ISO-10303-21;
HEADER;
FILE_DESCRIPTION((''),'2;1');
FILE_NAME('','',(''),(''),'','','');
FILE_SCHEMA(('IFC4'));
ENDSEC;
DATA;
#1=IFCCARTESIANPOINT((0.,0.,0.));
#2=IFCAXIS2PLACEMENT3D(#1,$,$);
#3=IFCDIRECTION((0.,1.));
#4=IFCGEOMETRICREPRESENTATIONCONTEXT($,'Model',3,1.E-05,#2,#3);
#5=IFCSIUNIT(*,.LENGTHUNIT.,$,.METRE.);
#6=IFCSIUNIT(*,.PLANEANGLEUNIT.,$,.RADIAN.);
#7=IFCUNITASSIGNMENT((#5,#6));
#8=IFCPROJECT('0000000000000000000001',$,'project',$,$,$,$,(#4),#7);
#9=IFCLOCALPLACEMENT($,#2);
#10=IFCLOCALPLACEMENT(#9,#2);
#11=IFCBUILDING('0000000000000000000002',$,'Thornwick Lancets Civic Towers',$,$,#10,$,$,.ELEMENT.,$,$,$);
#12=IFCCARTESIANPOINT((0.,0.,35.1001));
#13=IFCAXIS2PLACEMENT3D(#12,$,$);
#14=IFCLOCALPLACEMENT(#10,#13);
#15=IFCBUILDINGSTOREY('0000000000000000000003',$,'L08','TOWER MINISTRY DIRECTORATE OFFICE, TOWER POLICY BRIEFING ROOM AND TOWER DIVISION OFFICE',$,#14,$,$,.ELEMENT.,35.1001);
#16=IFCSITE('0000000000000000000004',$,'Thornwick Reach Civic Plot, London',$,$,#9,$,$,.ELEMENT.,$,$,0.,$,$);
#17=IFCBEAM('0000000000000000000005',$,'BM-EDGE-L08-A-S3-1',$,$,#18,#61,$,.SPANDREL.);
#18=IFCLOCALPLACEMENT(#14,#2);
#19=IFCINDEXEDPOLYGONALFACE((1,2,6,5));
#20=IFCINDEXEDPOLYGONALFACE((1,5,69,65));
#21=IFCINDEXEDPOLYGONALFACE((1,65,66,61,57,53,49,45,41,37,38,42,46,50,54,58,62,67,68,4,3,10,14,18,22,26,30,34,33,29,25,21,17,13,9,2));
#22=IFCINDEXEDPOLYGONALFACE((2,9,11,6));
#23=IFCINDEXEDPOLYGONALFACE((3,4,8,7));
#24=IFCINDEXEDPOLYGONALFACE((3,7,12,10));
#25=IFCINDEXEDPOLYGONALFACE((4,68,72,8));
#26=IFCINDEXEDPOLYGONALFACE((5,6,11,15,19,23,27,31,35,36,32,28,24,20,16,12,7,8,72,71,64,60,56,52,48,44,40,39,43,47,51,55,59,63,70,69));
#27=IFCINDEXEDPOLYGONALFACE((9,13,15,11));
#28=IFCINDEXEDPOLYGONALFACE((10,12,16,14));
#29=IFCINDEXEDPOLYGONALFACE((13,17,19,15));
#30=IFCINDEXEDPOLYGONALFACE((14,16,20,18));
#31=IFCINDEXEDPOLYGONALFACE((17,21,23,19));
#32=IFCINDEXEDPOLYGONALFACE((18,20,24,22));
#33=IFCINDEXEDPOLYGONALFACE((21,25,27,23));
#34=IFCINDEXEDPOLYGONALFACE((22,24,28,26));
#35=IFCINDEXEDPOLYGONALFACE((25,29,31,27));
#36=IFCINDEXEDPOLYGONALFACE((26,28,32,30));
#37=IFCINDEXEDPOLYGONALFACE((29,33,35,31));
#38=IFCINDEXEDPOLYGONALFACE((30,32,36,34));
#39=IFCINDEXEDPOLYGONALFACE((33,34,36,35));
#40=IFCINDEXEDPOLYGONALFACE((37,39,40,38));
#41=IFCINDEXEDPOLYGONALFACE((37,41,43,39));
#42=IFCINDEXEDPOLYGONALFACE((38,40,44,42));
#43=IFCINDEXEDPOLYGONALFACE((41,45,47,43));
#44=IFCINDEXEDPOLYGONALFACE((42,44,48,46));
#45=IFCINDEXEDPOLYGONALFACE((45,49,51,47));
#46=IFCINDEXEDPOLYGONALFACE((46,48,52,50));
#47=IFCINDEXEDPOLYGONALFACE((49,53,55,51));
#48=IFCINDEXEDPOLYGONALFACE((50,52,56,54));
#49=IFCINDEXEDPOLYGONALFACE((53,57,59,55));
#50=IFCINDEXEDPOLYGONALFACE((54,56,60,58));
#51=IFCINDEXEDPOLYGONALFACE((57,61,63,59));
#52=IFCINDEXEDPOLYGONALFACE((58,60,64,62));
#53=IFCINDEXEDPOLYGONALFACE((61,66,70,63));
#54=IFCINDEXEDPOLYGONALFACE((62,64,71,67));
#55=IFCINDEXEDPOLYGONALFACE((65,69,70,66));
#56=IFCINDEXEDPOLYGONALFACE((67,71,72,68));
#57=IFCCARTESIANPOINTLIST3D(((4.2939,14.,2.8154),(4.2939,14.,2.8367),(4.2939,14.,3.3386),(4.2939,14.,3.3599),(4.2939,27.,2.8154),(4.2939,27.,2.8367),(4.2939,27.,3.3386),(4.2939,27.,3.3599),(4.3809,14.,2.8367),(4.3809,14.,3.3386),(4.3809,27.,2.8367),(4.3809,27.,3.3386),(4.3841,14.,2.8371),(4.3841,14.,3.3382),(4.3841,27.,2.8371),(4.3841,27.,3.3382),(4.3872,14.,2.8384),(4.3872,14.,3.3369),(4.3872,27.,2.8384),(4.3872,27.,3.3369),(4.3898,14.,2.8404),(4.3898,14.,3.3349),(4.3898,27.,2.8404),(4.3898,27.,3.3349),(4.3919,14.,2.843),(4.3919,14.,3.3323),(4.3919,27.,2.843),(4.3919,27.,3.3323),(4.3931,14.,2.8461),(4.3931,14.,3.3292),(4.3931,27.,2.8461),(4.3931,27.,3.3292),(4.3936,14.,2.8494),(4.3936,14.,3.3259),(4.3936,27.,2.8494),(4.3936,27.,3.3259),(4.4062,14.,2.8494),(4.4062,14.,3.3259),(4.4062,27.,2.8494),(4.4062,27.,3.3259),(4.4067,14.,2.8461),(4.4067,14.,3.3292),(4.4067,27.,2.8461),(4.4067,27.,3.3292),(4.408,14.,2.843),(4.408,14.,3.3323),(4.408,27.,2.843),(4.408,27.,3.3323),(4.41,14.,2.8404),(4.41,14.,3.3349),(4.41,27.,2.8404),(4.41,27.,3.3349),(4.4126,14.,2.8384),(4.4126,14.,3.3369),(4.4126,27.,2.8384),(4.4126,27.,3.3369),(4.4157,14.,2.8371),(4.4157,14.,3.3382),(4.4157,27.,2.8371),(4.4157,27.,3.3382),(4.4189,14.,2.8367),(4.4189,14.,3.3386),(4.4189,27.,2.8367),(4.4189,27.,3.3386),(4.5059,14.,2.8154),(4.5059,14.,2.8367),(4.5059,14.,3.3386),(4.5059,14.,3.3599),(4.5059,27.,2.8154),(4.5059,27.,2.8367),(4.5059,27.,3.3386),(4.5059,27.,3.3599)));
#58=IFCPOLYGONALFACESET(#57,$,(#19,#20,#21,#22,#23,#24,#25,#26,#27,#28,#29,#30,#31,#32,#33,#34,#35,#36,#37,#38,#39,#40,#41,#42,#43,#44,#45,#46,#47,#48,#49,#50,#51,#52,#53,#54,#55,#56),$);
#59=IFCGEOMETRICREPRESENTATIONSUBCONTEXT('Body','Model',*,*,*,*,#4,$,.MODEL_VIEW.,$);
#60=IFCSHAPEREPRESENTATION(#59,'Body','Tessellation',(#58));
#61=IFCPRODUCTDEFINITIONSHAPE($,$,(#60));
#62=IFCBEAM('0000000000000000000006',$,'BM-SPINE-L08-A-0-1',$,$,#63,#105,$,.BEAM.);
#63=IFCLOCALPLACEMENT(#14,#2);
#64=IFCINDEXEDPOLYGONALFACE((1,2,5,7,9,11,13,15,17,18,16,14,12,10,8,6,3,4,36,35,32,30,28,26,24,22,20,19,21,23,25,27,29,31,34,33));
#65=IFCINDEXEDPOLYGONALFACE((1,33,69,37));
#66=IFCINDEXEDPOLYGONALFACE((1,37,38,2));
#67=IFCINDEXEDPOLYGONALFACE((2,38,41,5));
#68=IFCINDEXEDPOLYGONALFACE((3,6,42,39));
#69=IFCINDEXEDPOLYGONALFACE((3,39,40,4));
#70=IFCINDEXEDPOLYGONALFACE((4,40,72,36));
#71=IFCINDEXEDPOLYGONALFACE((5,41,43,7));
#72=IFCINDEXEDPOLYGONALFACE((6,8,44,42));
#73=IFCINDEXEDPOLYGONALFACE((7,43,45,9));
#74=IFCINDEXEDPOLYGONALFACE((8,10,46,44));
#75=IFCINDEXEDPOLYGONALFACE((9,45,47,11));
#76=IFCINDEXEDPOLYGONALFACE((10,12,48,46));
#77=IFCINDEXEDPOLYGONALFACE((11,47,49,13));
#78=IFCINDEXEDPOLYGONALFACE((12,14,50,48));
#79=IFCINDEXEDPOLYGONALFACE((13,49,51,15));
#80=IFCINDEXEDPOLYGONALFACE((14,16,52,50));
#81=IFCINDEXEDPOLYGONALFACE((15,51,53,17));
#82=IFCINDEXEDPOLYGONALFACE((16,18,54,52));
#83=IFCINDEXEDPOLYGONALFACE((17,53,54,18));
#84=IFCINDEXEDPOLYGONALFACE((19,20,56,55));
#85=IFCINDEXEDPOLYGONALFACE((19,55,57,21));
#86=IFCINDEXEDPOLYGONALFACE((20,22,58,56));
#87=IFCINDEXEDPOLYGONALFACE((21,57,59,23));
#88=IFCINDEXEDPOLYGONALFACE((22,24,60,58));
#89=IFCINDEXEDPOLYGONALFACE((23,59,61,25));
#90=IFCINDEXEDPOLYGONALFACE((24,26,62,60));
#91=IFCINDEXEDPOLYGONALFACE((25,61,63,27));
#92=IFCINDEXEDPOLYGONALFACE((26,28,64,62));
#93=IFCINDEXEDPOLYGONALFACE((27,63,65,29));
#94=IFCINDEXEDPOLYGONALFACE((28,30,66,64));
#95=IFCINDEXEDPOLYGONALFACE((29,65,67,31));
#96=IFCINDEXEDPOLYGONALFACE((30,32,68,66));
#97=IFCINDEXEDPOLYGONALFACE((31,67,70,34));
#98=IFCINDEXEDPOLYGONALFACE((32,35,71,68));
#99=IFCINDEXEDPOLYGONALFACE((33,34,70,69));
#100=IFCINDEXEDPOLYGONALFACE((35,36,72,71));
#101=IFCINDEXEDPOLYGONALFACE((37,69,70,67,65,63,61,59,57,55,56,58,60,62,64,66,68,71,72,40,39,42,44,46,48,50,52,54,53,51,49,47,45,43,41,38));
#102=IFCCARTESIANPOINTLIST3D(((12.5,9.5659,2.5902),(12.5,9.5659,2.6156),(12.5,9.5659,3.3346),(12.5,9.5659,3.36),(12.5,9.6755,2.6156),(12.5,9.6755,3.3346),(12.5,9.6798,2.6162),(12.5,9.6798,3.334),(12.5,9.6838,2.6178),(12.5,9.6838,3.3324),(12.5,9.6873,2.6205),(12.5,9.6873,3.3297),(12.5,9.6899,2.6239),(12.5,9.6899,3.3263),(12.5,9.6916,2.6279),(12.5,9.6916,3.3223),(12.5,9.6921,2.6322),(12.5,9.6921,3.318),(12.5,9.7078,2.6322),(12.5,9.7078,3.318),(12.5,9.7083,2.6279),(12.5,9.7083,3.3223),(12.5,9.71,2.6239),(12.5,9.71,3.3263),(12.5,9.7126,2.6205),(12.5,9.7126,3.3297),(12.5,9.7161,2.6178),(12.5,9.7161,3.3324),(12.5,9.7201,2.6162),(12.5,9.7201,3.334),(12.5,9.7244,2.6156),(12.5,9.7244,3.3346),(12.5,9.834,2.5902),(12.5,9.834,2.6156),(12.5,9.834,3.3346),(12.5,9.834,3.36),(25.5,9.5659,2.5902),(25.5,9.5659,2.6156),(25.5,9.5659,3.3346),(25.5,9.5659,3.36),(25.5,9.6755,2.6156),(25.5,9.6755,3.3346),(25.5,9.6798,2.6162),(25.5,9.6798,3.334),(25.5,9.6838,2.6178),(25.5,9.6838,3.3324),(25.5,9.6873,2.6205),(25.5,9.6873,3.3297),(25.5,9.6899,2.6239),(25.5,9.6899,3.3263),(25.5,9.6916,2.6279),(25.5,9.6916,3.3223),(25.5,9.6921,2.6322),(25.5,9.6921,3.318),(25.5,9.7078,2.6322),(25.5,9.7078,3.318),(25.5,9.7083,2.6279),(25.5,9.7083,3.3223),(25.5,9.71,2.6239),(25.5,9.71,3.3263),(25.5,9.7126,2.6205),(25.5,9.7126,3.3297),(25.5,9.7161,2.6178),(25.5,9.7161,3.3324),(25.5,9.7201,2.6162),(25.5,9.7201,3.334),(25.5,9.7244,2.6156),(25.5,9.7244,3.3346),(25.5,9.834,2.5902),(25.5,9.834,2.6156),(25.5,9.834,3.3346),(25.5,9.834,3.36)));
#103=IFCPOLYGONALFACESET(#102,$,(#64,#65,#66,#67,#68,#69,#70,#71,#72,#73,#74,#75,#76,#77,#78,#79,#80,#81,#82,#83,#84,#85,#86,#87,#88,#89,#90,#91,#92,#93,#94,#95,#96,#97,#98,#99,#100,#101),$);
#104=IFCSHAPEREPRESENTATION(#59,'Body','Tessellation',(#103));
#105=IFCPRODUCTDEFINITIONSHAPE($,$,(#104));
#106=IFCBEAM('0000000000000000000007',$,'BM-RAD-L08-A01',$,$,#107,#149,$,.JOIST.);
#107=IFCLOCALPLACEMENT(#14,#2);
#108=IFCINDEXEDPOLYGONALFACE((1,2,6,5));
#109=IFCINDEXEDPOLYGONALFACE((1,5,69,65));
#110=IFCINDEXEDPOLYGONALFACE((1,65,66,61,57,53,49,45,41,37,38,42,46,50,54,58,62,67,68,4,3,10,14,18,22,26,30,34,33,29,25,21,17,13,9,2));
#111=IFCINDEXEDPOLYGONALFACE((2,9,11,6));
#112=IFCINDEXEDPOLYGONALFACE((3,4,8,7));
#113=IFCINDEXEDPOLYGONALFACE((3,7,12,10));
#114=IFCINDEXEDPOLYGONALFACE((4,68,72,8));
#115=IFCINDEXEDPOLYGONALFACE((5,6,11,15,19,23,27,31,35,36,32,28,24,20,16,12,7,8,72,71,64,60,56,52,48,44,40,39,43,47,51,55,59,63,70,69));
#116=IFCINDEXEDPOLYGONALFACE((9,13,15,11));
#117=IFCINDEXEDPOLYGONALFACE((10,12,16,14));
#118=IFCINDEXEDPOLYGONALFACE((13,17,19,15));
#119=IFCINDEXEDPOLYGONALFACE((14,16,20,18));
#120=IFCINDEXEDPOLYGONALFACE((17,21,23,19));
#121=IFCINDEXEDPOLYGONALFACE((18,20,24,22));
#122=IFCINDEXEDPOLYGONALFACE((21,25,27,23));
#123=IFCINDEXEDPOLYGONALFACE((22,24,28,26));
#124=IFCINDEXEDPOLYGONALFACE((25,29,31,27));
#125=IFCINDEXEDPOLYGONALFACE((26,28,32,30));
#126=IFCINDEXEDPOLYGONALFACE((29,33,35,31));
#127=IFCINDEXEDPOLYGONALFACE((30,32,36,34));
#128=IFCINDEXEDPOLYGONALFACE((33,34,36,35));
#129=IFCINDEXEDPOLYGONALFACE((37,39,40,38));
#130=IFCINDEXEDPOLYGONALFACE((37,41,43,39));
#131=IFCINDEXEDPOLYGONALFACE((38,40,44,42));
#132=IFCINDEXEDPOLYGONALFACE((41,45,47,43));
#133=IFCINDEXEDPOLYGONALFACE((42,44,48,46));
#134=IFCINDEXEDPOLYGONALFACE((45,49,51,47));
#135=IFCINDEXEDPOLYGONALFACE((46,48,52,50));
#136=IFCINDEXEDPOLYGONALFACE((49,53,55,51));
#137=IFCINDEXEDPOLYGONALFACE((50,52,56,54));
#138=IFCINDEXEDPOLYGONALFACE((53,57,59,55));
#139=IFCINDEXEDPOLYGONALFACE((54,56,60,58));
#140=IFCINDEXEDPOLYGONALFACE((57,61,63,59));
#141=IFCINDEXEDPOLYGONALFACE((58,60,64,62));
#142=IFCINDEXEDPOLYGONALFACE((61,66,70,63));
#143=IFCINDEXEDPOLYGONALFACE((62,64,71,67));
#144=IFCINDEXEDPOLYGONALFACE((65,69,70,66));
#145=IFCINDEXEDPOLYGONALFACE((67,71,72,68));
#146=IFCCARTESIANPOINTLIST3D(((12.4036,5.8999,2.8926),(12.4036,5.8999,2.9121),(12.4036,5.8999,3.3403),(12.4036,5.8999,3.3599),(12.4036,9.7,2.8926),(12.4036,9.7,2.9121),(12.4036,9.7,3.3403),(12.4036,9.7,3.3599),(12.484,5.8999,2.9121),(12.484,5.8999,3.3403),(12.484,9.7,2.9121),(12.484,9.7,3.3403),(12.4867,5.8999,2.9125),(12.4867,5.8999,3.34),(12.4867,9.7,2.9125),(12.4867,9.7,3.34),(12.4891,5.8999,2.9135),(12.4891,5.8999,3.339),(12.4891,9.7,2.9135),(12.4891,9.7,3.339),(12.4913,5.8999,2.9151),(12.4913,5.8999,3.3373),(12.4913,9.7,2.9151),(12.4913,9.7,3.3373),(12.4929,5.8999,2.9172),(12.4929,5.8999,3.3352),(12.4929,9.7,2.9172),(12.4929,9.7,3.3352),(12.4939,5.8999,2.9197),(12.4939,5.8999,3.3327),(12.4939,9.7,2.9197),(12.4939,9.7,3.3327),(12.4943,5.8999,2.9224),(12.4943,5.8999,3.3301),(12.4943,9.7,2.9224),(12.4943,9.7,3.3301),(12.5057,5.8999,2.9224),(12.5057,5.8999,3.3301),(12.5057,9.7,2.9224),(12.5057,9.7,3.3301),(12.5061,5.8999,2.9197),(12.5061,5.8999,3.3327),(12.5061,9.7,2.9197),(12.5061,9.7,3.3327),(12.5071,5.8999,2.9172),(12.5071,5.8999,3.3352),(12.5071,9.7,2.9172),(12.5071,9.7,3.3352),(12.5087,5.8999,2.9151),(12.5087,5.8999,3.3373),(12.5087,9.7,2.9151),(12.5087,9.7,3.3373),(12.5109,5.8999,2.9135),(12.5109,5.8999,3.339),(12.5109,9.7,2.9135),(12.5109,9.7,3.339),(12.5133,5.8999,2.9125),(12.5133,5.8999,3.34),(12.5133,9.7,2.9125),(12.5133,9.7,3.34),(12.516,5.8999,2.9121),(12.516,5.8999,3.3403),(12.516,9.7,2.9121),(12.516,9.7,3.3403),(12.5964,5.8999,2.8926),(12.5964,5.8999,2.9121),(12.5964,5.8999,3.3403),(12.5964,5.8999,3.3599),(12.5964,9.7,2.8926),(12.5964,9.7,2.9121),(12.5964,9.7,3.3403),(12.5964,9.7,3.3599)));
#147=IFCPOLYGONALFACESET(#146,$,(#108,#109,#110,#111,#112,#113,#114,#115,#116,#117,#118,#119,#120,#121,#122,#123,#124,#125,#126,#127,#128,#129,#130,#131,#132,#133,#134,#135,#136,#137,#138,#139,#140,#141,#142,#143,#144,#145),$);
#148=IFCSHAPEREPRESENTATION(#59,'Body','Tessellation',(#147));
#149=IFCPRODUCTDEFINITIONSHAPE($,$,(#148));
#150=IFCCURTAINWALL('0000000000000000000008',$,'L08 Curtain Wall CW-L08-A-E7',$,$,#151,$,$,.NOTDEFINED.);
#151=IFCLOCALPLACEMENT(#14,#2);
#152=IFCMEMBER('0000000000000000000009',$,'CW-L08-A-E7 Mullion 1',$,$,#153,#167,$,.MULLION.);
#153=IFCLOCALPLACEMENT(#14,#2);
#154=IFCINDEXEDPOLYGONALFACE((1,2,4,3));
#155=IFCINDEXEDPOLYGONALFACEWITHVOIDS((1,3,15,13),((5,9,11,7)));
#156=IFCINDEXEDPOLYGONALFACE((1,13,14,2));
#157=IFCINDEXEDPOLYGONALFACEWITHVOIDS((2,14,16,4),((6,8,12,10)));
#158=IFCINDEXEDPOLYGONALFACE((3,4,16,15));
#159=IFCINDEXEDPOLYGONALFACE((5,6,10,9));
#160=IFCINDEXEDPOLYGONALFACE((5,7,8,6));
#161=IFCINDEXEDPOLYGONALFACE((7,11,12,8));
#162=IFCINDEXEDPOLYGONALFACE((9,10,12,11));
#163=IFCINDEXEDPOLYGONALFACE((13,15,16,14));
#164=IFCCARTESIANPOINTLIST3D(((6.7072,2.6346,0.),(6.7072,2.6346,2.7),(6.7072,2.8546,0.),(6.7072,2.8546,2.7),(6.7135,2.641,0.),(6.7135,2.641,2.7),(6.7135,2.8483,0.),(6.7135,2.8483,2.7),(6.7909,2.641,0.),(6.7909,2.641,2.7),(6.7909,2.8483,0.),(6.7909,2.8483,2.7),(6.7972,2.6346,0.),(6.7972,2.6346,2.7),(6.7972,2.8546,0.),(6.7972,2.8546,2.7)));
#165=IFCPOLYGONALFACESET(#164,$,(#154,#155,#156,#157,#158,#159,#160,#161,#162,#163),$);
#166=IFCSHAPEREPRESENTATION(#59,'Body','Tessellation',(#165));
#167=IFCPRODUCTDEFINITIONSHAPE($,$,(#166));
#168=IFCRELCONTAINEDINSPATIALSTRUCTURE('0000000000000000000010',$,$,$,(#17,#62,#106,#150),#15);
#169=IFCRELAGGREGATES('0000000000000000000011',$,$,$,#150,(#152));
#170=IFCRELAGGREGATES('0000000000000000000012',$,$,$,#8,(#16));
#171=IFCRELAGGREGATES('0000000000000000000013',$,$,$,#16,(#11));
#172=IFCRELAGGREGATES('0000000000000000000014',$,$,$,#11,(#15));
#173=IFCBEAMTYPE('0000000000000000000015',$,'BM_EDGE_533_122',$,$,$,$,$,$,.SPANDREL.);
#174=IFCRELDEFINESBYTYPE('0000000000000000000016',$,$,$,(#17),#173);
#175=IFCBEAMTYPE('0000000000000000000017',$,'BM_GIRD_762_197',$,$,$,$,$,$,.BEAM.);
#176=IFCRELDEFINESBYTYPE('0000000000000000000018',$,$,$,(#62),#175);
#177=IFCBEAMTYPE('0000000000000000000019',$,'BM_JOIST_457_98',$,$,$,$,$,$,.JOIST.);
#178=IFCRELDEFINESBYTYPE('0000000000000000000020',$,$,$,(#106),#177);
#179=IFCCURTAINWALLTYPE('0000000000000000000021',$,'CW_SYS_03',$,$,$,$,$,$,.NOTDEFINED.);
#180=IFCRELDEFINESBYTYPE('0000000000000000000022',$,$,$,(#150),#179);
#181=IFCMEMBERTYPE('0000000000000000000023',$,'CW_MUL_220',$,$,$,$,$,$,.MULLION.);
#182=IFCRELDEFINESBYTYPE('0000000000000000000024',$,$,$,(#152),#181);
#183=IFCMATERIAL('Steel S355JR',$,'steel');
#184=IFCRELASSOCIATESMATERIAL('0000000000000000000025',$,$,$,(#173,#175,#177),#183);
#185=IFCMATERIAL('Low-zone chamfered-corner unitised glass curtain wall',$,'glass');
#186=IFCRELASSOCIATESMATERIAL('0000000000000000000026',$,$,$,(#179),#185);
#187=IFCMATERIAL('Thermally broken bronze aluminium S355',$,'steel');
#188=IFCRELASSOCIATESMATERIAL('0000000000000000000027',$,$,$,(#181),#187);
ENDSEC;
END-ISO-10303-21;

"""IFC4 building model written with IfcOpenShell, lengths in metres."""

from ifc_helpers import new_model, si_unit, direction, frame, origin, origin_2d, place, context, subcontext, project, spatial, hollow_rectangle, i_section, extrude, material, material_profile, profile_set, type_object, element, aggregate, save


model = new_model("IFC4")

# Units and contexts
model_context = context("Model", 3, precision=1e-05, world=origin(), true_north=direction((0.0, 1.0)))
body_context = subcontext(model_context, "Body", "Model", "MODEL_VIEW")
ifc_project = project(units=[si_unit("LENGTHUNIT", "METRE"), si_unit("PLANEANGLEUNIT", "RADIAN")], contexts=[model_context])

# Site, building, storey
site_placement = place(None, origin())
site = spatial("IfcSite", under=ifc_project, at=site_placement, Name="Thornwick Reach Civic Plot, London", CompositionType="ELEMENT", RefElevation=0.0)
building_placement = place(site_placement, origin())
building = spatial("IfcBuilding", under=site, at=building_placement, Name="Thornwick Lancets Civic Towers", CompositionType="ELEMENT")
storey_placement = place(building_placement, frame((0.0, 0.0, 35.1001)))
storey = spatial("IfcBuildingStorey", under=building, at=storey_placement, Name="L08", Description="TOWER MINISTRY DIRECTORATE OFFICE, TOWER POLICY BRIEFING ROOM AND TOWER DIVISION OFFICE", CompositionType="ELEMENT", Elevation=35.1001)

# Beams
ifc_material_1 = material(Name="Steel S355JR", Category="steel")
ifc_material_profile_1 = material_profile(ifc_material_1, i_section(OverallWidth=0.2119, OverallDepth=0.5444, WebThickness=0.0127, FlangeThickness=0.0212, FilletRadius=0.0127, at=origin_2d()), Name="UKB 533x210x122")
ifc_profile_set_1 = profile_set([ifc_material_profile_1], Name="Steel S355JR")
beam_type_1 = type_object("IfcBeamType", Name="BM_EDGE_533_122", PredefinedType="SPANDREL", material=ifc_profile_set_1)
for number, where, z_axis, x_axis, name in (
    (1, (4.3999, 14.0, 3.0876), (0.0, 1.0, 0.0), (-1.0, 0.0, 0.0), "BM-EDGE-L08-A-S3-1"),
):
    element("IfcBeam", number, at=place(storey_placement, frame(where, z_axis=z_axis, x_axis=x_axis)), inside=storey, type_object=beam_type_1, Name=name, PredefinedType="SPANDREL", context=body_context, shape_type="SweptSolid", body=[
        extrude(i_section(OverallWidth=0.2119, OverallDepth=0.5444, WebThickness=0.0127, FlangeThickness=0.0212, FilletRadius=0.0127, at=origin_2d()), origin(), (0.0, 0.0, 1.0), 13.0),
    ])
ifc_material_profile_2 = material_profile(ifc_material_1, i_section(OverallWidth=0.2681, OverallDepth=0.7698, WebThickness=0.0156, FlangeThickness=0.0254, FilletRadius=0.0166, at=origin_2d()), Name="UKB 762x267x197")
ifc_profile_set_2 = profile_set([ifc_material_profile_2], Name="Steel S355JR")
beam_type_2 = type_object("IfcBeamType", Name="BM_GIRD_762_197", PredefinedType="BEAM", material=ifc_profile_set_2)
beam_1_placement = place(storey_placement, frame((12.5, 9.7, 2.9751), z_axis=(1.0, 0.0, 0.0), x_axis=(0.0, 1.0, 0.0)))
element("IfcBeam", 2, at=beam_1_placement, inside=storey, type_object=beam_type_2, Name="BM-SPINE-L08-A-0-1", PredefinedType="BEAM", context=body_context, shape_type="SweptSolid", body=[
    extrude(i_section(OverallWidth=0.2681, OverallDepth=0.7698, WebThickness=0.0156, FlangeThickness=0.0254, FilletRadius=0.0166, at=origin_2d()), origin(), (0.0, 0.0, 1.0), 13.0),
])
ifc_material_profile_3 = material_profile(ifc_material_1, i_section(OverallWidth=0.1929, OverallDepth=0.4673, WebThickness=0.0115, FlangeThickness=0.0195, FilletRadius=0.0103, at=origin_2d()), Name="UKB 457x191x98")
ifc_profile_set_3 = profile_set([ifc_material_profile_3], Name="Steel S355JR")
beam_type_3 = type_object("IfcBeamType", Name="BM_JOIST_457_98", PredefinedType="JOIST", material=ifc_profile_set_3)
beam_2_placement = place(storey_placement, frame((12.5, 9.7, 3.1262), z_axis=(0.0, -1.0, 0.0), x_axis=(1.0, 0.0, 0.0)))
element("IfcBeam", 3, at=beam_2_placement, inside=storey, type_object=beam_type_3, Name="BM-RAD-L08-A01", PredefinedType="JOIST", context=body_context, shape_type="SweptSolid", body=[
    extrude(i_section(OverallWidth=0.1929, OverallDepth=0.4673, WebThickness=0.0115, FlangeThickness=0.0195, FilletRadius=0.0103, at=origin_2d()), origin(), (0.0, 0.0, 1.0), 3.8),
])

# Curtain wall, member
ifc_material_2 = material(Name="Low-zone chamfered-corner unitised glass curtain wall", Category="glass")
curtain_wall_type = type_object("IfcCurtainWallType", Name="CW_SYS_03", PredefinedType="NOTDEFINED", material=ifc_material_2)
curtain_wall_placement = place(storey_placement, origin())
curtain_wall = element("IfcCurtainWall", 4, at=curtain_wall_placement, inside=storey, type_object=curtain_wall_type, Name="L08 Curtain Wall CW-L08-A-E7", PredefinedType="NOTDEFINED")
ifc_material_3 = material(Name="Thermally broken bronze aluminium S355", Category="steel")
ifc_material_profile_4 = material_profile(ifc_material_3, hollow_rectangle(XDim=0.0901, YDim=0.22, WallThickness=0.0063, at=origin_2d()), Name="RHS 220x90x6.3")
ifc_profile_set_4 = profile_set([ifc_material_profile_4], Name="Thermally broken bronze aluminium S355")
member_type = type_object("IfcMemberType", Name="CW_MUL_220", PredefinedType="MULLION", material=ifc_profile_set_4)
member_placement = place(storey_placement, frame((6.7522, 2.7446, 0.0), z_axis=(0.0, 0.0, 1.0), x_axis=(1.0, 0.0, 0.0)))
member = element("IfcMember", 5, at=member_placement, type_object=member_type, Name="CW-L08-A-E7 Mullion 1", PredefinedType="MULLION", context=body_context, shape_type="SweptSolid", body=[
    extrude(hollow_rectangle(XDim=0.0901, YDim=0.22, WallThickness=0.0063, at=origin_2d()), origin(), (0.0, 0.0, 1.0), 2.7),
])
aggregate(curtain_wall, [member])

save(model, "model.ifc")
